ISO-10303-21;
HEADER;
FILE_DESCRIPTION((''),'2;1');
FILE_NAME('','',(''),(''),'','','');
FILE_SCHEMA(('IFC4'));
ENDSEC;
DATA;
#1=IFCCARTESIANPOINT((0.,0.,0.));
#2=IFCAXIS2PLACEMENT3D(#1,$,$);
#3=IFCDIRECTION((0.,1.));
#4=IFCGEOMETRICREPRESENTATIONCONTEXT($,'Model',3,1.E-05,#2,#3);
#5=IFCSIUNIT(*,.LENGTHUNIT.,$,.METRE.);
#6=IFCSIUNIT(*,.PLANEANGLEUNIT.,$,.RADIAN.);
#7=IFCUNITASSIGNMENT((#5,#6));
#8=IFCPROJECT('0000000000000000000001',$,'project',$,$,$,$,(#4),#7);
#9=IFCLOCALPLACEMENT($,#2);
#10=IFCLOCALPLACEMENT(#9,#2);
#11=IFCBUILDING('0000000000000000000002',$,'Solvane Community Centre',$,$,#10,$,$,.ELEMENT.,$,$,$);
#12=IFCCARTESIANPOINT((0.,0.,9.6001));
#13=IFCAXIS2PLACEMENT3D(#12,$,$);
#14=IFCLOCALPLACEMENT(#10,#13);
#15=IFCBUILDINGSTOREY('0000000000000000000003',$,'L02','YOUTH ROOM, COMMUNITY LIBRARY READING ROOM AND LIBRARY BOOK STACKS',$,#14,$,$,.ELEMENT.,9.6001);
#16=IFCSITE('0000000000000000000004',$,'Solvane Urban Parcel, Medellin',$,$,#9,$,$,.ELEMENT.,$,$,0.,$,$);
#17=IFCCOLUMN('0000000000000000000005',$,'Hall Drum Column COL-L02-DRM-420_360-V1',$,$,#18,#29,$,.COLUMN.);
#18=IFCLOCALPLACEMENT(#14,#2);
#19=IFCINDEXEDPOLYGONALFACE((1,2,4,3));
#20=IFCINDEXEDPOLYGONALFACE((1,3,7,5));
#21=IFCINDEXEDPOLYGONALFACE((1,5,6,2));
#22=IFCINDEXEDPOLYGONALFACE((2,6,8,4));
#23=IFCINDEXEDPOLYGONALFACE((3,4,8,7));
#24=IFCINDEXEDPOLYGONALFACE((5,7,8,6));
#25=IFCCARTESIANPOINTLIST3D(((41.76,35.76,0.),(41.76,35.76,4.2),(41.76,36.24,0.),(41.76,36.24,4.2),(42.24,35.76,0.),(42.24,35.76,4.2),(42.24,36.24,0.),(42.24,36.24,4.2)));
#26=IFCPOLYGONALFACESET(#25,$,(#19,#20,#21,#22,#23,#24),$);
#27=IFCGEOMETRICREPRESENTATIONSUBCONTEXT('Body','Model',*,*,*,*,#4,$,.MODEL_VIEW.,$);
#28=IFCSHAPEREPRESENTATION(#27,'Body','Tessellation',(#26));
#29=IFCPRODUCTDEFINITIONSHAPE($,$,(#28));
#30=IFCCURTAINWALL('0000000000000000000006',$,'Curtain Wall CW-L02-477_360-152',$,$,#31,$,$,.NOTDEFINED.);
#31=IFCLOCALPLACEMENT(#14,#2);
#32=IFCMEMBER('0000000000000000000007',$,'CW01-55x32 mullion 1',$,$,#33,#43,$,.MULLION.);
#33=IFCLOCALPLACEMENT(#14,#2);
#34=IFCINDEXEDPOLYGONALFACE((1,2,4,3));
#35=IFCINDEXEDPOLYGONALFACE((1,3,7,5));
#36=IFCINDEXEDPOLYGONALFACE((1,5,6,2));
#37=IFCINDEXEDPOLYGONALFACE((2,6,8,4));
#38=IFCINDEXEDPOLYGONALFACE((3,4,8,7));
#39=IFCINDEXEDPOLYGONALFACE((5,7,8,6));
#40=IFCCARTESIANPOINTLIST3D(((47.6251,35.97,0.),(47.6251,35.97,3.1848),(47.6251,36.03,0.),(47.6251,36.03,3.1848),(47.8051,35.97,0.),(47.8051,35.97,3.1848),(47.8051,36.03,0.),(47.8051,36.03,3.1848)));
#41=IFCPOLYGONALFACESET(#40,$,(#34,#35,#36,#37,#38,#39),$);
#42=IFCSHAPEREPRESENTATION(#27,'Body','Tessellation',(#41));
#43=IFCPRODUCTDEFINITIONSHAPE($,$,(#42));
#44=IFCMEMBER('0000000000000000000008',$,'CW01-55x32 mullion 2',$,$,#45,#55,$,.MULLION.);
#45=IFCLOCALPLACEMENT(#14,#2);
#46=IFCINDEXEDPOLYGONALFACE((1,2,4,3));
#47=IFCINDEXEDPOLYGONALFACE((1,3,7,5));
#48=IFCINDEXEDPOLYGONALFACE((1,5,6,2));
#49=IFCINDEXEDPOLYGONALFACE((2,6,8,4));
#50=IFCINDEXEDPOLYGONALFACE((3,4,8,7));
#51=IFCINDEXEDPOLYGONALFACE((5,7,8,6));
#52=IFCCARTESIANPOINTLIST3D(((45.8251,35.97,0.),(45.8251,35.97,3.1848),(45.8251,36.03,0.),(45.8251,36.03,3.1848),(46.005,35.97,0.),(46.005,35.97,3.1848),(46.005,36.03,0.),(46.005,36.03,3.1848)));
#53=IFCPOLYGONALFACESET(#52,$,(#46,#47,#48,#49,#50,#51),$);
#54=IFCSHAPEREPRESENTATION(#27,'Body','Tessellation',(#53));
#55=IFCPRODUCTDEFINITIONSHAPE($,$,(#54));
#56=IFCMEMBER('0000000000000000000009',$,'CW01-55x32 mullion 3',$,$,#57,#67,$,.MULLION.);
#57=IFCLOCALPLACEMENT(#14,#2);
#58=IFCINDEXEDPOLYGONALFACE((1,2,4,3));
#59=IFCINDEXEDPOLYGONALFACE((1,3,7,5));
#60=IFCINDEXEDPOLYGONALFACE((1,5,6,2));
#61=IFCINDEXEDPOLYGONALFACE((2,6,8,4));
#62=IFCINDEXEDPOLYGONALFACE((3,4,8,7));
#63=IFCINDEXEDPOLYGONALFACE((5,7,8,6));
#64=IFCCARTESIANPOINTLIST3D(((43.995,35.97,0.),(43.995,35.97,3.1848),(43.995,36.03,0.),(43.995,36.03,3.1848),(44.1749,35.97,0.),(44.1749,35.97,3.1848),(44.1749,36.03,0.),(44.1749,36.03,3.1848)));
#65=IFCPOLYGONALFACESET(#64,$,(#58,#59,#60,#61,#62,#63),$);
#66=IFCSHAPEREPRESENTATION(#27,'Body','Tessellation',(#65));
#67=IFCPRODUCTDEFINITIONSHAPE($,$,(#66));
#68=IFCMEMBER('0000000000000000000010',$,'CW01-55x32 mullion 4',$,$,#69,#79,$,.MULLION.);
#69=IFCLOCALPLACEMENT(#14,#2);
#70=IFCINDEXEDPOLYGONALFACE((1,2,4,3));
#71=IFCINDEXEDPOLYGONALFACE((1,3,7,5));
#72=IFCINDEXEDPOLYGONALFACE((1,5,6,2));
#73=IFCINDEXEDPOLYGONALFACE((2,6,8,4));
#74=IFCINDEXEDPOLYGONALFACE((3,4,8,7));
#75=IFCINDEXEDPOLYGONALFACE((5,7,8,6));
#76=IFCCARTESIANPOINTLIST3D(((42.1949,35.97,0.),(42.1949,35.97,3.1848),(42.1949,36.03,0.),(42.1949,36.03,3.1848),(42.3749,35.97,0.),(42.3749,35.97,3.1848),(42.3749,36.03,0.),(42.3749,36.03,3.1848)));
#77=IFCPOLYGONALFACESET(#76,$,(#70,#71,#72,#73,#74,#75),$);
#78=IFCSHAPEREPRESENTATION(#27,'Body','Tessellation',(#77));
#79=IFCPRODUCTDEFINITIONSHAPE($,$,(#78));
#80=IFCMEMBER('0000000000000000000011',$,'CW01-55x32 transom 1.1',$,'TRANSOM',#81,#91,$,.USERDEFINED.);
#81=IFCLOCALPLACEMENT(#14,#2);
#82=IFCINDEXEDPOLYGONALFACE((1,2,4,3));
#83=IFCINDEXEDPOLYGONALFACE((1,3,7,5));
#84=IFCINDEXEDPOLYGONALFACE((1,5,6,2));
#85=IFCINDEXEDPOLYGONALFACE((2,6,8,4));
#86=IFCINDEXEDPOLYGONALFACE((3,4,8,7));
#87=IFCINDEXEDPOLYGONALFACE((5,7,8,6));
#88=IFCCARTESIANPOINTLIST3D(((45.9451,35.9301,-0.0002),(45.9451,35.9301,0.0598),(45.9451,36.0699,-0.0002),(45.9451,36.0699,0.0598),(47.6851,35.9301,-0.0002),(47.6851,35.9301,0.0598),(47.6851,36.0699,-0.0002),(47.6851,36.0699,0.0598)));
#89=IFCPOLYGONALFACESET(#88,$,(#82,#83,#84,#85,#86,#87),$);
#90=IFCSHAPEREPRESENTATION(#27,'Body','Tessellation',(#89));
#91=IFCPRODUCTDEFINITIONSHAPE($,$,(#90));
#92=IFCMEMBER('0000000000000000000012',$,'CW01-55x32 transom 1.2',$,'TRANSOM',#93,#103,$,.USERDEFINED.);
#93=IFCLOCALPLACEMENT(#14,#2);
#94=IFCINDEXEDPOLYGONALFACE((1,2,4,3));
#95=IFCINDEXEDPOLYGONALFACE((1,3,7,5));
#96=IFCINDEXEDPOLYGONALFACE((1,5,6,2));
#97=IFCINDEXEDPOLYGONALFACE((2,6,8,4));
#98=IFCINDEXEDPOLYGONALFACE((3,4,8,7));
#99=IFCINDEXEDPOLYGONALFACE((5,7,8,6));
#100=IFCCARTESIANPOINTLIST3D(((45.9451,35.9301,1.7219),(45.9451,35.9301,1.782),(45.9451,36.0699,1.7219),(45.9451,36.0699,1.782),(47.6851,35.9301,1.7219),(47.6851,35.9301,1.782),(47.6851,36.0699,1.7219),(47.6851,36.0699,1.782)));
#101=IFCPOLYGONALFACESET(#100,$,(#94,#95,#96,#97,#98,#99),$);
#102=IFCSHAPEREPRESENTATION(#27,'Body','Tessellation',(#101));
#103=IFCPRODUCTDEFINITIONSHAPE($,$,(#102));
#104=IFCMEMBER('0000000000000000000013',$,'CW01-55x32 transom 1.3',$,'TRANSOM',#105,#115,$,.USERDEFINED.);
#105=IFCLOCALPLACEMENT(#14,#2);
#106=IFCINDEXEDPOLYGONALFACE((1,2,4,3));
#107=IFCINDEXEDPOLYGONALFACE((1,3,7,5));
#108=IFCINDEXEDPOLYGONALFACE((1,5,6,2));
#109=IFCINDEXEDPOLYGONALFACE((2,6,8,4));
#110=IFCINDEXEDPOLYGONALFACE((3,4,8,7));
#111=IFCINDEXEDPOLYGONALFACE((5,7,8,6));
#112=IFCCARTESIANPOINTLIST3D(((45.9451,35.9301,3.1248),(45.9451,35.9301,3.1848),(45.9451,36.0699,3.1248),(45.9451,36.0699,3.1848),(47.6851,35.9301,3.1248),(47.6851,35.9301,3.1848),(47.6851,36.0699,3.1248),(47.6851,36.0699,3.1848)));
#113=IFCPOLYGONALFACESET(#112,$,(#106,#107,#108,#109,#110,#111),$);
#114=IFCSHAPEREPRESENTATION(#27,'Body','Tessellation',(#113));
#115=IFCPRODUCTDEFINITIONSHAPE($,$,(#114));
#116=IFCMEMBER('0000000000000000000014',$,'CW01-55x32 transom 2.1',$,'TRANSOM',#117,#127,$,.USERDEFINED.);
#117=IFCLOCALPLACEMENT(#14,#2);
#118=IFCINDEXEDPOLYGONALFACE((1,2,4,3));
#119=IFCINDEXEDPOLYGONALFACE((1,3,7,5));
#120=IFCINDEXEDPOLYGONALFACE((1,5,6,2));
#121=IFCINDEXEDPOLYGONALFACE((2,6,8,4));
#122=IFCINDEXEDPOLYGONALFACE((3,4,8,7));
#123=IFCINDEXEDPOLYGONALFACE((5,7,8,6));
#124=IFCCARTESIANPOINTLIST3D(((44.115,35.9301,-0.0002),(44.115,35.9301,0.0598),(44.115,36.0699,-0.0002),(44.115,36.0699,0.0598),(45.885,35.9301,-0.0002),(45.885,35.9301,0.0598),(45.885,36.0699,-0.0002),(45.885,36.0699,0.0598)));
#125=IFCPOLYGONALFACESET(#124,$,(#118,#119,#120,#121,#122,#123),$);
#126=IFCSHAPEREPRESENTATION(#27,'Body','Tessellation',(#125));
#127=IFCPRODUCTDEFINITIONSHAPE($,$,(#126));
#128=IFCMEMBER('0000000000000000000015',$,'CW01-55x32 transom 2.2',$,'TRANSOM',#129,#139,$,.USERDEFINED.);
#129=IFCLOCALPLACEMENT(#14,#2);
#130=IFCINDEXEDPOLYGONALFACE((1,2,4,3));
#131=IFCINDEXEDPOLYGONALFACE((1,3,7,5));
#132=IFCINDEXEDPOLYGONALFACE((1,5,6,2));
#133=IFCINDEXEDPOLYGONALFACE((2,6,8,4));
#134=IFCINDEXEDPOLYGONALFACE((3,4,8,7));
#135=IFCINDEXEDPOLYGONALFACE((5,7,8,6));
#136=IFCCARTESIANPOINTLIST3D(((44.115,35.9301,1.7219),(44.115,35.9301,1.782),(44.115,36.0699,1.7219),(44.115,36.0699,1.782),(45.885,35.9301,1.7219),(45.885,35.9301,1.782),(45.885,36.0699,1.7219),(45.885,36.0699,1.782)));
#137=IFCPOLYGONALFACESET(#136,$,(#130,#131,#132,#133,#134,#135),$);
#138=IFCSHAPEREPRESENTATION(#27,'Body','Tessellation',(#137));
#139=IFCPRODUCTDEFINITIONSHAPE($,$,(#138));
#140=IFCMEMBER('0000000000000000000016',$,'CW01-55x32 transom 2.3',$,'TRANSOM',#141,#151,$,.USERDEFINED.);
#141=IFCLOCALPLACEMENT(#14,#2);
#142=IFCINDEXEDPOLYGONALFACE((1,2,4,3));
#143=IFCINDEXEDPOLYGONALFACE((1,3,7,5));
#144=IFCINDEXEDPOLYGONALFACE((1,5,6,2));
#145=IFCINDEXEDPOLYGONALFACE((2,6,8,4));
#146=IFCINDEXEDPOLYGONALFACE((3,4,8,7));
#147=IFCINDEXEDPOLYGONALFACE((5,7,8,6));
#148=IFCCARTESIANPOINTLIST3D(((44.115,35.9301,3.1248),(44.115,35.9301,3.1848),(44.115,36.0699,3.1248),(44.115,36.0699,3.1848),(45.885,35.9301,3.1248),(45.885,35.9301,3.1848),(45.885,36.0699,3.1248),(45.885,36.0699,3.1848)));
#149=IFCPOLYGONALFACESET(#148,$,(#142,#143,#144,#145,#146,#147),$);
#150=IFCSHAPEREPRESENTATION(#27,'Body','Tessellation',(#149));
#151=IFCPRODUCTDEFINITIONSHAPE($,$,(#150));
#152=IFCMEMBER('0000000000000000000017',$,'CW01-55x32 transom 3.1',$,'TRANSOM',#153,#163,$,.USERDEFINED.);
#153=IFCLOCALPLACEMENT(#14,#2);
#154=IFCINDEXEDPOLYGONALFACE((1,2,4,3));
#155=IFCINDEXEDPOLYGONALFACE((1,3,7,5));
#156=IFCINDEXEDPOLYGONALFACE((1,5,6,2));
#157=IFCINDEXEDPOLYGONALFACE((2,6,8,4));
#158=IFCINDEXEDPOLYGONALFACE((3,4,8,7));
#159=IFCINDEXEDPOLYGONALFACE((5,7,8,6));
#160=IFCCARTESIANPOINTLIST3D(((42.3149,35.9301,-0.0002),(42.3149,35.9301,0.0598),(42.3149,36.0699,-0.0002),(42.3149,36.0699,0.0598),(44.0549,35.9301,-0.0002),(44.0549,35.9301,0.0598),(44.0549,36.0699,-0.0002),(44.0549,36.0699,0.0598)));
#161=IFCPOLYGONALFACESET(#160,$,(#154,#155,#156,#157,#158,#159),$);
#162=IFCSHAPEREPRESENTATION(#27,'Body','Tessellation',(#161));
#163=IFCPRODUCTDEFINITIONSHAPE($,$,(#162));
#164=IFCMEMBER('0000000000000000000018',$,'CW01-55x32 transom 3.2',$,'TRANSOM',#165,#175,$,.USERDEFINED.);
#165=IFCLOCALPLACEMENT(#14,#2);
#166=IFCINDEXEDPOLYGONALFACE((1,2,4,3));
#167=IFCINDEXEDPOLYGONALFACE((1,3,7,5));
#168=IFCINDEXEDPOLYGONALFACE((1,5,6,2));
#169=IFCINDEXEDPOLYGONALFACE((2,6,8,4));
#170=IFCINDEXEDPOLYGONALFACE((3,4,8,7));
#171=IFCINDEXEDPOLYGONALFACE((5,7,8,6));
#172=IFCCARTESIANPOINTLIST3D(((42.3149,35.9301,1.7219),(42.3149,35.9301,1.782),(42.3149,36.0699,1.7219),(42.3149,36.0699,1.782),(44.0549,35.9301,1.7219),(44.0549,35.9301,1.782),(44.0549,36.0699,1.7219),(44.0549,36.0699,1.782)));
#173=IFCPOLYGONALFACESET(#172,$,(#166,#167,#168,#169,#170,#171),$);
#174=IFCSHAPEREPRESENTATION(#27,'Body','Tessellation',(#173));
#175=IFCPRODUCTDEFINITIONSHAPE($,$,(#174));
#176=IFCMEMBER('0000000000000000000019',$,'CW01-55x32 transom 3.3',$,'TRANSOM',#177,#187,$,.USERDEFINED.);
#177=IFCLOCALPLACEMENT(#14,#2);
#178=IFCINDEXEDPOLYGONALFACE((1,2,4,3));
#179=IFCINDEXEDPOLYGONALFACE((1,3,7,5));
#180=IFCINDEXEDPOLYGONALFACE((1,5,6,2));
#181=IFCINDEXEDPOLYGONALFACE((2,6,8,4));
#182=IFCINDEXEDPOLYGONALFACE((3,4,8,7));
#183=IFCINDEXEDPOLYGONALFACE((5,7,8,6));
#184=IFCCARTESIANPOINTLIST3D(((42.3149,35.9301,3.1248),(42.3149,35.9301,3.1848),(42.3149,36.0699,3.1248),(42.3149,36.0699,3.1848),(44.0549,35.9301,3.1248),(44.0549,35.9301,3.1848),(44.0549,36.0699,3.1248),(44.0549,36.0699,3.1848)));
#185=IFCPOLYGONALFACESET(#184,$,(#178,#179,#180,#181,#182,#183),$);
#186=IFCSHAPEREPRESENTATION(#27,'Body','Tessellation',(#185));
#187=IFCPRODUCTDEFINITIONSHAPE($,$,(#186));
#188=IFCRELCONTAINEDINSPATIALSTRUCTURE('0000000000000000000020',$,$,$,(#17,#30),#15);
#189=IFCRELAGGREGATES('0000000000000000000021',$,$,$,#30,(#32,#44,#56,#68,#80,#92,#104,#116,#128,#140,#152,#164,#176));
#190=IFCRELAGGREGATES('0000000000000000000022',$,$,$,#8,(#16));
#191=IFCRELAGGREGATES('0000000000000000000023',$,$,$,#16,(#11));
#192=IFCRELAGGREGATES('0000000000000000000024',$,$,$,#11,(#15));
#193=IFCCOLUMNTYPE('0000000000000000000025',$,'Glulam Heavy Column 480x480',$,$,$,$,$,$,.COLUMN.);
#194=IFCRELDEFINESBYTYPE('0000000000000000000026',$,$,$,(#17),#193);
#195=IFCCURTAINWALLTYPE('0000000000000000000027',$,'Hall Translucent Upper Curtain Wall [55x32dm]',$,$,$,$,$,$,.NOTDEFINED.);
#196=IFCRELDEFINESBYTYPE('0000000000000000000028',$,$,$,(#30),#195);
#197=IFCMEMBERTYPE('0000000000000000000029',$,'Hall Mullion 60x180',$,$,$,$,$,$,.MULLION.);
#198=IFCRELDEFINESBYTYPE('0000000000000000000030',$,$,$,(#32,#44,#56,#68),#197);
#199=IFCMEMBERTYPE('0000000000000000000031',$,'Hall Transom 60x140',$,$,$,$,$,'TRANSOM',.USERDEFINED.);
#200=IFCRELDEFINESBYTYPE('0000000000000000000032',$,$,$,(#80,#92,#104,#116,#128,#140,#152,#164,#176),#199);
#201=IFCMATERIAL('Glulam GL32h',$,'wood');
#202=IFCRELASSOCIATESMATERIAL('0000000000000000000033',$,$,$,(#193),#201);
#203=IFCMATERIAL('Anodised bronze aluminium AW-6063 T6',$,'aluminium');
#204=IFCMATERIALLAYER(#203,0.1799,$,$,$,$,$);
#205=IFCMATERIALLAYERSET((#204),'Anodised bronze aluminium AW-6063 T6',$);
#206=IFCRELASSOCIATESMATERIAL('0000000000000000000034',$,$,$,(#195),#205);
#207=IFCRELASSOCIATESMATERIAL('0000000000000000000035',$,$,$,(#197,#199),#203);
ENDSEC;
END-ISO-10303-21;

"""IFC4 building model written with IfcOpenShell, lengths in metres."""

from ifc_helpers import new_model, si_unit, direction, frame, origin, origin_2d, place, context, subcontext, project, spatial, rectangle, extrude, material, layer, layer_set, material_profile, profile_set, type_object, element, aggregate, save


model = new_model("IFC4")

# Units and contexts
model_context = context("Model", 3, precision=1e-05, world=origin(), true_north=direction((0.0, 1.0)))
body_context = subcontext(model_context, "Body", "Model", "MODEL_VIEW")
ifc_project = project(units=[si_unit("LENGTHUNIT", "METRE"), si_unit("PLANEANGLEUNIT", "RADIAN")], contexts=[model_context])

# Site, building, storey
site_placement = place(None, origin())
site = spatial("IfcSite", under=ifc_project, at=site_placement, Name="Solvane Urban Parcel, Medellin", CompositionType="ELEMENT", RefElevation=0.0)
building_placement = place(site_placement, origin())
building = spatial("IfcBuilding", under=site, at=building_placement, Name="Solvane Community Centre", CompositionType="ELEMENT")
storey_placement = place(building_placement, frame((0.0, 0.0, 9.6001)))
storey = spatial("IfcBuildingStorey", under=building, at=storey_placement, Name="L02", Description="YOUTH ROOM, COMMUNITY LIBRARY READING ROOM AND LIBRARY BOOK STACKS", CompositionType="ELEMENT", Elevation=9.6001)

# Column
ifc_material_1 = material(Name="Glulam GL32h", Category="wood")
ifc_material_profile_1 = material_profile(ifc_material_1, rectangle(XDim=0.48, YDim=0.48, at=origin_2d()), Name="GL32h 480x480")
ifc_profile_set_1 = profile_set([ifc_material_profile_1], Name="Glulam GL32h")
column_type = type_object("IfcColumnType", Name="Glulam Heavy Column 480x480", PredefinedType="COLUMN", material=ifc_profile_set_1)
column_placement = place(storey_placement, frame((42.0, 36.0, 0.0), z_axis=(0.0, 0.0, 1.0), x_axis=(1.0, 0.0, 0.0)))
element("IfcColumn", 1, at=column_placement, inside=storey, type_object=column_type, Name="Hall Drum Column COL-L02-DRM-420_360-V1", PredefinedType="COLUMN", context=body_context, shape_type="SweptSolid", body=[
    extrude(rectangle(XDim=0.48, YDim=0.48, at=origin_2d()), origin(), (0.0, 0.0, 1.0), 4.2),
])

# Curtain wall, members
ifc_material_2 = material(Name="Anodised bronze aluminium AW-6063 T6", Category="aluminium")
ifc_layer_1 = layer(ifc_material_2, 0.1799)
ifc_layer_set_1 = layer_set([ifc_layer_1], Name="Anodised bronze aluminium AW-6063 T6")
curtain_wall_type = type_object("IfcCurtainWallType", Name="Hall Translucent Upper Curtain Wall [55x32dm]", PredefinedType="NOTDEFINED", material=ifc_layer_set_1)
curtain_wall_placement = place(storey_placement, origin())
curtain_wall = element("IfcCurtainWall", 2, at=curtain_wall_placement, inside=storey, type_object=curtain_wall_type, Name="Curtain Wall CW-L02-477_360-152", PredefinedType="NOTDEFINED")
ifc_material_profile_2 = material_profile(ifc_material_2, rectangle(XDim=0.0601, YDim=0.1799, at=origin_2d()), Name="CW-M 60x180")
ifc_profile_set_2 = profile_set([ifc_material_profile_2], Name="Anodised bronze aluminium AW-6063 T6")
member_type_1 = type_object("IfcMemberType", Name="Hall Mullion 60x180", PredefinedType="MULLION", material=ifc_profile_set_2)
member_1_placement = place(storey_placement, frame((47.7151, 36.0, 0.0), z_axis=(0.0, 0.0, 1.0), x_axis=(0.0, -1.0, 0.0)))
member_1 = element("IfcMember", 3, at=member_1_placement, type_object=member_type_1, Name="CW01-55x32 mullion 1", PredefinedType="MULLION", context=body_context, shape_type="SweptSolid", body=[
    extrude(rectangle(XDim=0.0601, YDim=0.1799, at=origin_2d()), origin(), (0.0, 0.0, 1.0), 3.1848),
])
member_2_placement = place(storey_placement, frame((45.915, 36.0, 0.0), z_axis=(0.0, 0.0, 1.0), x_axis=(0.0, -1.0, 0.0)))
member_2 = element("IfcMember", 4, at=member_2_placement, type_object=member_type_1, Name="CW01-55x32 mullion 2", PredefinedType="MULLION", context=body_context, shape_type="SweptSolid", body=[
    extrude(rectangle(XDim=0.0601, YDim=0.1799, at=origin_2d()), origin(), (0.0, 0.0, 1.0), 3.1848),
])
member_3_placement = place(storey_placement, frame((44.085, 36.0, 0.0), z_axis=(0.0, 0.0, 1.0), x_axis=(0.0, -1.0, 0.0)))
member_3 = element("IfcMember", 5, at=member_3_placement, type_object=member_type_1, Name="CW01-55x32 mullion 3", PredefinedType="MULLION", context=body_context, shape_type="SweptSolid", body=[
    extrude(rectangle(XDim=0.0601, YDim=0.1799, at=origin_2d()), origin(), (0.0, 0.0, 1.0), 3.1848),
])
member_4_placement = place(storey_placement, frame((42.2849, 36.0, 0.0), z_axis=(0.0, 0.0, 1.0), x_axis=(0.0, -1.0, 0.0)))
member_4 = element("IfcMember", 6, at=member_4_placement, type_object=member_type_1, Name="CW01-55x32 mullion 4", PredefinedType="MULLION", context=body_context, shape_type="SweptSolid", body=[
    extrude(rectangle(XDim=0.0601, YDim=0.1799, at=origin_2d()), origin(), (0.0, 0.0, 1.0), 3.1848),
])
ifc_material_profile_3 = material_profile(ifc_material_2, rectangle(XDim=0.1399, YDim=0.0601, at=origin_2d()), Name="CW-T 60x140")
ifc_profile_set_3 = profile_set([ifc_material_profile_3], Name="Anodised bronze aluminium AW-6063 T6")
member_type_2 = type_object("IfcMemberType", Name="Hall Transom 60x140", ElementType="TRANSOM", PredefinedType="USERDEFINED", material=ifc_profile_set_3)
member_5_placement = place(storey_placement, frame((47.6851, 36.0, 0.0298), z_axis=(-1.0, 0.0, 0.0), x_axis=(0.0, -1.0, 0.0)))
member_5 = element("IfcMember", 7, at=member_5_placement, type_object=member_type_2, Name="CW01-55x32 transom 1.1", ObjectType="TRANSOM", PredefinedType="USERDEFINED", context=body_context, shape_type="SweptSolid", body=[
    extrude(rectangle(XDim=0.1399, YDim=0.0601, at=origin_2d()), origin(), (0.0, 0.0, 1.0), 1.74),
])
member_6_placement = place(storey_placement, frame((47.6851, 36.0, 1.752), z_axis=(-1.0, 0.0, 0.0), x_axis=(0.0, -1.0, 0.0)))
member_6 = element("IfcMember", 8, at=member_6_placement, type_object=member_type_2, Name="CW01-55x32 transom 1.2", ObjectType="TRANSOM", PredefinedType="USERDEFINED", context=body_context, shape_type="SweptSolid", body=[
    extrude(rectangle(XDim=0.1399, YDim=0.0601, at=origin_2d()), origin(), (0.0, 0.0, 1.0), 1.74),
])
member_7_placement = place(storey_placement, frame((47.6851, 36.0, 3.1548), z_axis=(-1.0, 0.0, 0.0), x_axis=(0.0, -1.0, 0.0)))
member_7 = element("IfcMember", 9, at=member_7_placement, type_object=member_type_2, Name="CW01-55x32 transom 1.3", ObjectType="TRANSOM", PredefinedType="USERDEFINED", context=body_context, shape_type="SweptSolid", body=[
    extrude(rectangle(XDim=0.1399, YDim=0.0601, at=origin_2d()), origin(), (0.0, 0.0, 1.0), 1.74),
])
member_8_placement = place(storey_placement, frame((45.885, 36.0, 0.0298), z_axis=(-1.0, 0.0, 0.0), x_axis=(0.0, -1.0, 0.0)))
member_8 = element("IfcMember", 10, at=member_8_placement, type_object=member_type_2, Name="CW01-55x32 transom 2.1", ObjectType="TRANSOM", PredefinedType="USERDEFINED", context=body_context, shape_type="SweptSolid", body=[
    extrude(rectangle(XDim=0.1399, YDim=0.0601, at=origin_2d()), origin(), (0.0, 0.0, 1.0), 1.77),
])
member_9_placement = place(storey_placement, frame((45.885, 36.0, 1.752), z_axis=(-1.0, 0.0, 0.0), x_axis=(0.0, -1.0, 0.0)))
member_9 = element("IfcMember", 11, at=member_9_placement, type_object=member_type_2, Name="CW01-55x32 transom 2.2", ObjectType="TRANSOM", PredefinedType="USERDEFINED", context=body_context, shape_type="SweptSolid", body=[
    extrude(rectangle(XDim=0.1399, YDim=0.0601, at=origin_2d()), origin(), (0.0, 0.0, 1.0), 1.77),
])
member_10_placement = place(storey_placement, frame((45.885, 36.0, 3.1548), z_axis=(-1.0, 0.0, 0.0), x_axis=(0.0, -1.0, 0.0)))
member_10 = element("IfcMember", 12, at=member_10_placement, type_object=member_type_2, Name="CW01-55x32 transom 2.3", ObjectType="TRANSOM", PredefinedType="USERDEFINED", context=body_context, shape_type="SweptSolid", body=[
    extrude(rectangle(XDim=0.1399, YDim=0.0601, at=origin_2d()), origin(), (0.0, 0.0, 1.0), 1.77),
])
member_11_placement = place(storey_placement, frame((44.0549, 36.0, 0.0298), z_axis=(-1.0, 0.0, 0.0), x_axis=(0.0, -1.0, 0.0)))
member_11 = element("IfcMember", 13, at=member_11_placement, type_object=member_type_2, Name="CW01-55x32 transom 3.1", ObjectType="TRANSOM", PredefinedType="USERDEFINED", context=body_context, shape_type="SweptSolid", body=[
    extrude(rectangle(XDim=0.1399, YDim=0.0601, at=origin_2d()), origin(), (0.0, 0.0, 1.0), 1.74),
])
member_12_placement = place(storey_placement, frame((44.0549, 36.0, 1.752), z_axis=(-1.0, 0.0, 0.0), x_axis=(0.0, -1.0, 0.0)))
member_12 = element("IfcMember", 14, at=member_12_placement, type_object=member_type_2, Name="CW01-55x32 transom 3.2", ObjectType="TRANSOM", PredefinedType="USERDEFINED", context=body_context, shape_type="SweptSolid", body=[
    extrude(rectangle(XDim=0.1399, YDim=0.0601, at=origin_2d()), origin(), (0.0, 0.0, 1.0), 1.74),
])
member_13_placement = place(storey_placement, frame((44.0549, 36.0, 3.1548), z_axis=(-1.0, 0.0, 0.0), x_axis=(0.0, -1.0, 0.0)))
member_13 = element("IfcMember", 15, at=member_13_placement, type_object=member_type_2, Name="CW01-55x32 transom 3.3", ObjectType="TRANSOM", PredefinedType="USERDEFINED", context=body_context, shape_type="SweptSolid", body=[
    extrude(rectangle(XDim=0.1399, YDim=0.0601, at=origin_2d()), origin(), (0.0, 0.0, 1.0), 1.74),
])

aggregate(curtain_wall, [member_1, member_2, member_3, member_4, member_5, member_6, member_7, member_8, member_9, member_10, member_11, member_12, member_13])

save(model, "model.ifc")
